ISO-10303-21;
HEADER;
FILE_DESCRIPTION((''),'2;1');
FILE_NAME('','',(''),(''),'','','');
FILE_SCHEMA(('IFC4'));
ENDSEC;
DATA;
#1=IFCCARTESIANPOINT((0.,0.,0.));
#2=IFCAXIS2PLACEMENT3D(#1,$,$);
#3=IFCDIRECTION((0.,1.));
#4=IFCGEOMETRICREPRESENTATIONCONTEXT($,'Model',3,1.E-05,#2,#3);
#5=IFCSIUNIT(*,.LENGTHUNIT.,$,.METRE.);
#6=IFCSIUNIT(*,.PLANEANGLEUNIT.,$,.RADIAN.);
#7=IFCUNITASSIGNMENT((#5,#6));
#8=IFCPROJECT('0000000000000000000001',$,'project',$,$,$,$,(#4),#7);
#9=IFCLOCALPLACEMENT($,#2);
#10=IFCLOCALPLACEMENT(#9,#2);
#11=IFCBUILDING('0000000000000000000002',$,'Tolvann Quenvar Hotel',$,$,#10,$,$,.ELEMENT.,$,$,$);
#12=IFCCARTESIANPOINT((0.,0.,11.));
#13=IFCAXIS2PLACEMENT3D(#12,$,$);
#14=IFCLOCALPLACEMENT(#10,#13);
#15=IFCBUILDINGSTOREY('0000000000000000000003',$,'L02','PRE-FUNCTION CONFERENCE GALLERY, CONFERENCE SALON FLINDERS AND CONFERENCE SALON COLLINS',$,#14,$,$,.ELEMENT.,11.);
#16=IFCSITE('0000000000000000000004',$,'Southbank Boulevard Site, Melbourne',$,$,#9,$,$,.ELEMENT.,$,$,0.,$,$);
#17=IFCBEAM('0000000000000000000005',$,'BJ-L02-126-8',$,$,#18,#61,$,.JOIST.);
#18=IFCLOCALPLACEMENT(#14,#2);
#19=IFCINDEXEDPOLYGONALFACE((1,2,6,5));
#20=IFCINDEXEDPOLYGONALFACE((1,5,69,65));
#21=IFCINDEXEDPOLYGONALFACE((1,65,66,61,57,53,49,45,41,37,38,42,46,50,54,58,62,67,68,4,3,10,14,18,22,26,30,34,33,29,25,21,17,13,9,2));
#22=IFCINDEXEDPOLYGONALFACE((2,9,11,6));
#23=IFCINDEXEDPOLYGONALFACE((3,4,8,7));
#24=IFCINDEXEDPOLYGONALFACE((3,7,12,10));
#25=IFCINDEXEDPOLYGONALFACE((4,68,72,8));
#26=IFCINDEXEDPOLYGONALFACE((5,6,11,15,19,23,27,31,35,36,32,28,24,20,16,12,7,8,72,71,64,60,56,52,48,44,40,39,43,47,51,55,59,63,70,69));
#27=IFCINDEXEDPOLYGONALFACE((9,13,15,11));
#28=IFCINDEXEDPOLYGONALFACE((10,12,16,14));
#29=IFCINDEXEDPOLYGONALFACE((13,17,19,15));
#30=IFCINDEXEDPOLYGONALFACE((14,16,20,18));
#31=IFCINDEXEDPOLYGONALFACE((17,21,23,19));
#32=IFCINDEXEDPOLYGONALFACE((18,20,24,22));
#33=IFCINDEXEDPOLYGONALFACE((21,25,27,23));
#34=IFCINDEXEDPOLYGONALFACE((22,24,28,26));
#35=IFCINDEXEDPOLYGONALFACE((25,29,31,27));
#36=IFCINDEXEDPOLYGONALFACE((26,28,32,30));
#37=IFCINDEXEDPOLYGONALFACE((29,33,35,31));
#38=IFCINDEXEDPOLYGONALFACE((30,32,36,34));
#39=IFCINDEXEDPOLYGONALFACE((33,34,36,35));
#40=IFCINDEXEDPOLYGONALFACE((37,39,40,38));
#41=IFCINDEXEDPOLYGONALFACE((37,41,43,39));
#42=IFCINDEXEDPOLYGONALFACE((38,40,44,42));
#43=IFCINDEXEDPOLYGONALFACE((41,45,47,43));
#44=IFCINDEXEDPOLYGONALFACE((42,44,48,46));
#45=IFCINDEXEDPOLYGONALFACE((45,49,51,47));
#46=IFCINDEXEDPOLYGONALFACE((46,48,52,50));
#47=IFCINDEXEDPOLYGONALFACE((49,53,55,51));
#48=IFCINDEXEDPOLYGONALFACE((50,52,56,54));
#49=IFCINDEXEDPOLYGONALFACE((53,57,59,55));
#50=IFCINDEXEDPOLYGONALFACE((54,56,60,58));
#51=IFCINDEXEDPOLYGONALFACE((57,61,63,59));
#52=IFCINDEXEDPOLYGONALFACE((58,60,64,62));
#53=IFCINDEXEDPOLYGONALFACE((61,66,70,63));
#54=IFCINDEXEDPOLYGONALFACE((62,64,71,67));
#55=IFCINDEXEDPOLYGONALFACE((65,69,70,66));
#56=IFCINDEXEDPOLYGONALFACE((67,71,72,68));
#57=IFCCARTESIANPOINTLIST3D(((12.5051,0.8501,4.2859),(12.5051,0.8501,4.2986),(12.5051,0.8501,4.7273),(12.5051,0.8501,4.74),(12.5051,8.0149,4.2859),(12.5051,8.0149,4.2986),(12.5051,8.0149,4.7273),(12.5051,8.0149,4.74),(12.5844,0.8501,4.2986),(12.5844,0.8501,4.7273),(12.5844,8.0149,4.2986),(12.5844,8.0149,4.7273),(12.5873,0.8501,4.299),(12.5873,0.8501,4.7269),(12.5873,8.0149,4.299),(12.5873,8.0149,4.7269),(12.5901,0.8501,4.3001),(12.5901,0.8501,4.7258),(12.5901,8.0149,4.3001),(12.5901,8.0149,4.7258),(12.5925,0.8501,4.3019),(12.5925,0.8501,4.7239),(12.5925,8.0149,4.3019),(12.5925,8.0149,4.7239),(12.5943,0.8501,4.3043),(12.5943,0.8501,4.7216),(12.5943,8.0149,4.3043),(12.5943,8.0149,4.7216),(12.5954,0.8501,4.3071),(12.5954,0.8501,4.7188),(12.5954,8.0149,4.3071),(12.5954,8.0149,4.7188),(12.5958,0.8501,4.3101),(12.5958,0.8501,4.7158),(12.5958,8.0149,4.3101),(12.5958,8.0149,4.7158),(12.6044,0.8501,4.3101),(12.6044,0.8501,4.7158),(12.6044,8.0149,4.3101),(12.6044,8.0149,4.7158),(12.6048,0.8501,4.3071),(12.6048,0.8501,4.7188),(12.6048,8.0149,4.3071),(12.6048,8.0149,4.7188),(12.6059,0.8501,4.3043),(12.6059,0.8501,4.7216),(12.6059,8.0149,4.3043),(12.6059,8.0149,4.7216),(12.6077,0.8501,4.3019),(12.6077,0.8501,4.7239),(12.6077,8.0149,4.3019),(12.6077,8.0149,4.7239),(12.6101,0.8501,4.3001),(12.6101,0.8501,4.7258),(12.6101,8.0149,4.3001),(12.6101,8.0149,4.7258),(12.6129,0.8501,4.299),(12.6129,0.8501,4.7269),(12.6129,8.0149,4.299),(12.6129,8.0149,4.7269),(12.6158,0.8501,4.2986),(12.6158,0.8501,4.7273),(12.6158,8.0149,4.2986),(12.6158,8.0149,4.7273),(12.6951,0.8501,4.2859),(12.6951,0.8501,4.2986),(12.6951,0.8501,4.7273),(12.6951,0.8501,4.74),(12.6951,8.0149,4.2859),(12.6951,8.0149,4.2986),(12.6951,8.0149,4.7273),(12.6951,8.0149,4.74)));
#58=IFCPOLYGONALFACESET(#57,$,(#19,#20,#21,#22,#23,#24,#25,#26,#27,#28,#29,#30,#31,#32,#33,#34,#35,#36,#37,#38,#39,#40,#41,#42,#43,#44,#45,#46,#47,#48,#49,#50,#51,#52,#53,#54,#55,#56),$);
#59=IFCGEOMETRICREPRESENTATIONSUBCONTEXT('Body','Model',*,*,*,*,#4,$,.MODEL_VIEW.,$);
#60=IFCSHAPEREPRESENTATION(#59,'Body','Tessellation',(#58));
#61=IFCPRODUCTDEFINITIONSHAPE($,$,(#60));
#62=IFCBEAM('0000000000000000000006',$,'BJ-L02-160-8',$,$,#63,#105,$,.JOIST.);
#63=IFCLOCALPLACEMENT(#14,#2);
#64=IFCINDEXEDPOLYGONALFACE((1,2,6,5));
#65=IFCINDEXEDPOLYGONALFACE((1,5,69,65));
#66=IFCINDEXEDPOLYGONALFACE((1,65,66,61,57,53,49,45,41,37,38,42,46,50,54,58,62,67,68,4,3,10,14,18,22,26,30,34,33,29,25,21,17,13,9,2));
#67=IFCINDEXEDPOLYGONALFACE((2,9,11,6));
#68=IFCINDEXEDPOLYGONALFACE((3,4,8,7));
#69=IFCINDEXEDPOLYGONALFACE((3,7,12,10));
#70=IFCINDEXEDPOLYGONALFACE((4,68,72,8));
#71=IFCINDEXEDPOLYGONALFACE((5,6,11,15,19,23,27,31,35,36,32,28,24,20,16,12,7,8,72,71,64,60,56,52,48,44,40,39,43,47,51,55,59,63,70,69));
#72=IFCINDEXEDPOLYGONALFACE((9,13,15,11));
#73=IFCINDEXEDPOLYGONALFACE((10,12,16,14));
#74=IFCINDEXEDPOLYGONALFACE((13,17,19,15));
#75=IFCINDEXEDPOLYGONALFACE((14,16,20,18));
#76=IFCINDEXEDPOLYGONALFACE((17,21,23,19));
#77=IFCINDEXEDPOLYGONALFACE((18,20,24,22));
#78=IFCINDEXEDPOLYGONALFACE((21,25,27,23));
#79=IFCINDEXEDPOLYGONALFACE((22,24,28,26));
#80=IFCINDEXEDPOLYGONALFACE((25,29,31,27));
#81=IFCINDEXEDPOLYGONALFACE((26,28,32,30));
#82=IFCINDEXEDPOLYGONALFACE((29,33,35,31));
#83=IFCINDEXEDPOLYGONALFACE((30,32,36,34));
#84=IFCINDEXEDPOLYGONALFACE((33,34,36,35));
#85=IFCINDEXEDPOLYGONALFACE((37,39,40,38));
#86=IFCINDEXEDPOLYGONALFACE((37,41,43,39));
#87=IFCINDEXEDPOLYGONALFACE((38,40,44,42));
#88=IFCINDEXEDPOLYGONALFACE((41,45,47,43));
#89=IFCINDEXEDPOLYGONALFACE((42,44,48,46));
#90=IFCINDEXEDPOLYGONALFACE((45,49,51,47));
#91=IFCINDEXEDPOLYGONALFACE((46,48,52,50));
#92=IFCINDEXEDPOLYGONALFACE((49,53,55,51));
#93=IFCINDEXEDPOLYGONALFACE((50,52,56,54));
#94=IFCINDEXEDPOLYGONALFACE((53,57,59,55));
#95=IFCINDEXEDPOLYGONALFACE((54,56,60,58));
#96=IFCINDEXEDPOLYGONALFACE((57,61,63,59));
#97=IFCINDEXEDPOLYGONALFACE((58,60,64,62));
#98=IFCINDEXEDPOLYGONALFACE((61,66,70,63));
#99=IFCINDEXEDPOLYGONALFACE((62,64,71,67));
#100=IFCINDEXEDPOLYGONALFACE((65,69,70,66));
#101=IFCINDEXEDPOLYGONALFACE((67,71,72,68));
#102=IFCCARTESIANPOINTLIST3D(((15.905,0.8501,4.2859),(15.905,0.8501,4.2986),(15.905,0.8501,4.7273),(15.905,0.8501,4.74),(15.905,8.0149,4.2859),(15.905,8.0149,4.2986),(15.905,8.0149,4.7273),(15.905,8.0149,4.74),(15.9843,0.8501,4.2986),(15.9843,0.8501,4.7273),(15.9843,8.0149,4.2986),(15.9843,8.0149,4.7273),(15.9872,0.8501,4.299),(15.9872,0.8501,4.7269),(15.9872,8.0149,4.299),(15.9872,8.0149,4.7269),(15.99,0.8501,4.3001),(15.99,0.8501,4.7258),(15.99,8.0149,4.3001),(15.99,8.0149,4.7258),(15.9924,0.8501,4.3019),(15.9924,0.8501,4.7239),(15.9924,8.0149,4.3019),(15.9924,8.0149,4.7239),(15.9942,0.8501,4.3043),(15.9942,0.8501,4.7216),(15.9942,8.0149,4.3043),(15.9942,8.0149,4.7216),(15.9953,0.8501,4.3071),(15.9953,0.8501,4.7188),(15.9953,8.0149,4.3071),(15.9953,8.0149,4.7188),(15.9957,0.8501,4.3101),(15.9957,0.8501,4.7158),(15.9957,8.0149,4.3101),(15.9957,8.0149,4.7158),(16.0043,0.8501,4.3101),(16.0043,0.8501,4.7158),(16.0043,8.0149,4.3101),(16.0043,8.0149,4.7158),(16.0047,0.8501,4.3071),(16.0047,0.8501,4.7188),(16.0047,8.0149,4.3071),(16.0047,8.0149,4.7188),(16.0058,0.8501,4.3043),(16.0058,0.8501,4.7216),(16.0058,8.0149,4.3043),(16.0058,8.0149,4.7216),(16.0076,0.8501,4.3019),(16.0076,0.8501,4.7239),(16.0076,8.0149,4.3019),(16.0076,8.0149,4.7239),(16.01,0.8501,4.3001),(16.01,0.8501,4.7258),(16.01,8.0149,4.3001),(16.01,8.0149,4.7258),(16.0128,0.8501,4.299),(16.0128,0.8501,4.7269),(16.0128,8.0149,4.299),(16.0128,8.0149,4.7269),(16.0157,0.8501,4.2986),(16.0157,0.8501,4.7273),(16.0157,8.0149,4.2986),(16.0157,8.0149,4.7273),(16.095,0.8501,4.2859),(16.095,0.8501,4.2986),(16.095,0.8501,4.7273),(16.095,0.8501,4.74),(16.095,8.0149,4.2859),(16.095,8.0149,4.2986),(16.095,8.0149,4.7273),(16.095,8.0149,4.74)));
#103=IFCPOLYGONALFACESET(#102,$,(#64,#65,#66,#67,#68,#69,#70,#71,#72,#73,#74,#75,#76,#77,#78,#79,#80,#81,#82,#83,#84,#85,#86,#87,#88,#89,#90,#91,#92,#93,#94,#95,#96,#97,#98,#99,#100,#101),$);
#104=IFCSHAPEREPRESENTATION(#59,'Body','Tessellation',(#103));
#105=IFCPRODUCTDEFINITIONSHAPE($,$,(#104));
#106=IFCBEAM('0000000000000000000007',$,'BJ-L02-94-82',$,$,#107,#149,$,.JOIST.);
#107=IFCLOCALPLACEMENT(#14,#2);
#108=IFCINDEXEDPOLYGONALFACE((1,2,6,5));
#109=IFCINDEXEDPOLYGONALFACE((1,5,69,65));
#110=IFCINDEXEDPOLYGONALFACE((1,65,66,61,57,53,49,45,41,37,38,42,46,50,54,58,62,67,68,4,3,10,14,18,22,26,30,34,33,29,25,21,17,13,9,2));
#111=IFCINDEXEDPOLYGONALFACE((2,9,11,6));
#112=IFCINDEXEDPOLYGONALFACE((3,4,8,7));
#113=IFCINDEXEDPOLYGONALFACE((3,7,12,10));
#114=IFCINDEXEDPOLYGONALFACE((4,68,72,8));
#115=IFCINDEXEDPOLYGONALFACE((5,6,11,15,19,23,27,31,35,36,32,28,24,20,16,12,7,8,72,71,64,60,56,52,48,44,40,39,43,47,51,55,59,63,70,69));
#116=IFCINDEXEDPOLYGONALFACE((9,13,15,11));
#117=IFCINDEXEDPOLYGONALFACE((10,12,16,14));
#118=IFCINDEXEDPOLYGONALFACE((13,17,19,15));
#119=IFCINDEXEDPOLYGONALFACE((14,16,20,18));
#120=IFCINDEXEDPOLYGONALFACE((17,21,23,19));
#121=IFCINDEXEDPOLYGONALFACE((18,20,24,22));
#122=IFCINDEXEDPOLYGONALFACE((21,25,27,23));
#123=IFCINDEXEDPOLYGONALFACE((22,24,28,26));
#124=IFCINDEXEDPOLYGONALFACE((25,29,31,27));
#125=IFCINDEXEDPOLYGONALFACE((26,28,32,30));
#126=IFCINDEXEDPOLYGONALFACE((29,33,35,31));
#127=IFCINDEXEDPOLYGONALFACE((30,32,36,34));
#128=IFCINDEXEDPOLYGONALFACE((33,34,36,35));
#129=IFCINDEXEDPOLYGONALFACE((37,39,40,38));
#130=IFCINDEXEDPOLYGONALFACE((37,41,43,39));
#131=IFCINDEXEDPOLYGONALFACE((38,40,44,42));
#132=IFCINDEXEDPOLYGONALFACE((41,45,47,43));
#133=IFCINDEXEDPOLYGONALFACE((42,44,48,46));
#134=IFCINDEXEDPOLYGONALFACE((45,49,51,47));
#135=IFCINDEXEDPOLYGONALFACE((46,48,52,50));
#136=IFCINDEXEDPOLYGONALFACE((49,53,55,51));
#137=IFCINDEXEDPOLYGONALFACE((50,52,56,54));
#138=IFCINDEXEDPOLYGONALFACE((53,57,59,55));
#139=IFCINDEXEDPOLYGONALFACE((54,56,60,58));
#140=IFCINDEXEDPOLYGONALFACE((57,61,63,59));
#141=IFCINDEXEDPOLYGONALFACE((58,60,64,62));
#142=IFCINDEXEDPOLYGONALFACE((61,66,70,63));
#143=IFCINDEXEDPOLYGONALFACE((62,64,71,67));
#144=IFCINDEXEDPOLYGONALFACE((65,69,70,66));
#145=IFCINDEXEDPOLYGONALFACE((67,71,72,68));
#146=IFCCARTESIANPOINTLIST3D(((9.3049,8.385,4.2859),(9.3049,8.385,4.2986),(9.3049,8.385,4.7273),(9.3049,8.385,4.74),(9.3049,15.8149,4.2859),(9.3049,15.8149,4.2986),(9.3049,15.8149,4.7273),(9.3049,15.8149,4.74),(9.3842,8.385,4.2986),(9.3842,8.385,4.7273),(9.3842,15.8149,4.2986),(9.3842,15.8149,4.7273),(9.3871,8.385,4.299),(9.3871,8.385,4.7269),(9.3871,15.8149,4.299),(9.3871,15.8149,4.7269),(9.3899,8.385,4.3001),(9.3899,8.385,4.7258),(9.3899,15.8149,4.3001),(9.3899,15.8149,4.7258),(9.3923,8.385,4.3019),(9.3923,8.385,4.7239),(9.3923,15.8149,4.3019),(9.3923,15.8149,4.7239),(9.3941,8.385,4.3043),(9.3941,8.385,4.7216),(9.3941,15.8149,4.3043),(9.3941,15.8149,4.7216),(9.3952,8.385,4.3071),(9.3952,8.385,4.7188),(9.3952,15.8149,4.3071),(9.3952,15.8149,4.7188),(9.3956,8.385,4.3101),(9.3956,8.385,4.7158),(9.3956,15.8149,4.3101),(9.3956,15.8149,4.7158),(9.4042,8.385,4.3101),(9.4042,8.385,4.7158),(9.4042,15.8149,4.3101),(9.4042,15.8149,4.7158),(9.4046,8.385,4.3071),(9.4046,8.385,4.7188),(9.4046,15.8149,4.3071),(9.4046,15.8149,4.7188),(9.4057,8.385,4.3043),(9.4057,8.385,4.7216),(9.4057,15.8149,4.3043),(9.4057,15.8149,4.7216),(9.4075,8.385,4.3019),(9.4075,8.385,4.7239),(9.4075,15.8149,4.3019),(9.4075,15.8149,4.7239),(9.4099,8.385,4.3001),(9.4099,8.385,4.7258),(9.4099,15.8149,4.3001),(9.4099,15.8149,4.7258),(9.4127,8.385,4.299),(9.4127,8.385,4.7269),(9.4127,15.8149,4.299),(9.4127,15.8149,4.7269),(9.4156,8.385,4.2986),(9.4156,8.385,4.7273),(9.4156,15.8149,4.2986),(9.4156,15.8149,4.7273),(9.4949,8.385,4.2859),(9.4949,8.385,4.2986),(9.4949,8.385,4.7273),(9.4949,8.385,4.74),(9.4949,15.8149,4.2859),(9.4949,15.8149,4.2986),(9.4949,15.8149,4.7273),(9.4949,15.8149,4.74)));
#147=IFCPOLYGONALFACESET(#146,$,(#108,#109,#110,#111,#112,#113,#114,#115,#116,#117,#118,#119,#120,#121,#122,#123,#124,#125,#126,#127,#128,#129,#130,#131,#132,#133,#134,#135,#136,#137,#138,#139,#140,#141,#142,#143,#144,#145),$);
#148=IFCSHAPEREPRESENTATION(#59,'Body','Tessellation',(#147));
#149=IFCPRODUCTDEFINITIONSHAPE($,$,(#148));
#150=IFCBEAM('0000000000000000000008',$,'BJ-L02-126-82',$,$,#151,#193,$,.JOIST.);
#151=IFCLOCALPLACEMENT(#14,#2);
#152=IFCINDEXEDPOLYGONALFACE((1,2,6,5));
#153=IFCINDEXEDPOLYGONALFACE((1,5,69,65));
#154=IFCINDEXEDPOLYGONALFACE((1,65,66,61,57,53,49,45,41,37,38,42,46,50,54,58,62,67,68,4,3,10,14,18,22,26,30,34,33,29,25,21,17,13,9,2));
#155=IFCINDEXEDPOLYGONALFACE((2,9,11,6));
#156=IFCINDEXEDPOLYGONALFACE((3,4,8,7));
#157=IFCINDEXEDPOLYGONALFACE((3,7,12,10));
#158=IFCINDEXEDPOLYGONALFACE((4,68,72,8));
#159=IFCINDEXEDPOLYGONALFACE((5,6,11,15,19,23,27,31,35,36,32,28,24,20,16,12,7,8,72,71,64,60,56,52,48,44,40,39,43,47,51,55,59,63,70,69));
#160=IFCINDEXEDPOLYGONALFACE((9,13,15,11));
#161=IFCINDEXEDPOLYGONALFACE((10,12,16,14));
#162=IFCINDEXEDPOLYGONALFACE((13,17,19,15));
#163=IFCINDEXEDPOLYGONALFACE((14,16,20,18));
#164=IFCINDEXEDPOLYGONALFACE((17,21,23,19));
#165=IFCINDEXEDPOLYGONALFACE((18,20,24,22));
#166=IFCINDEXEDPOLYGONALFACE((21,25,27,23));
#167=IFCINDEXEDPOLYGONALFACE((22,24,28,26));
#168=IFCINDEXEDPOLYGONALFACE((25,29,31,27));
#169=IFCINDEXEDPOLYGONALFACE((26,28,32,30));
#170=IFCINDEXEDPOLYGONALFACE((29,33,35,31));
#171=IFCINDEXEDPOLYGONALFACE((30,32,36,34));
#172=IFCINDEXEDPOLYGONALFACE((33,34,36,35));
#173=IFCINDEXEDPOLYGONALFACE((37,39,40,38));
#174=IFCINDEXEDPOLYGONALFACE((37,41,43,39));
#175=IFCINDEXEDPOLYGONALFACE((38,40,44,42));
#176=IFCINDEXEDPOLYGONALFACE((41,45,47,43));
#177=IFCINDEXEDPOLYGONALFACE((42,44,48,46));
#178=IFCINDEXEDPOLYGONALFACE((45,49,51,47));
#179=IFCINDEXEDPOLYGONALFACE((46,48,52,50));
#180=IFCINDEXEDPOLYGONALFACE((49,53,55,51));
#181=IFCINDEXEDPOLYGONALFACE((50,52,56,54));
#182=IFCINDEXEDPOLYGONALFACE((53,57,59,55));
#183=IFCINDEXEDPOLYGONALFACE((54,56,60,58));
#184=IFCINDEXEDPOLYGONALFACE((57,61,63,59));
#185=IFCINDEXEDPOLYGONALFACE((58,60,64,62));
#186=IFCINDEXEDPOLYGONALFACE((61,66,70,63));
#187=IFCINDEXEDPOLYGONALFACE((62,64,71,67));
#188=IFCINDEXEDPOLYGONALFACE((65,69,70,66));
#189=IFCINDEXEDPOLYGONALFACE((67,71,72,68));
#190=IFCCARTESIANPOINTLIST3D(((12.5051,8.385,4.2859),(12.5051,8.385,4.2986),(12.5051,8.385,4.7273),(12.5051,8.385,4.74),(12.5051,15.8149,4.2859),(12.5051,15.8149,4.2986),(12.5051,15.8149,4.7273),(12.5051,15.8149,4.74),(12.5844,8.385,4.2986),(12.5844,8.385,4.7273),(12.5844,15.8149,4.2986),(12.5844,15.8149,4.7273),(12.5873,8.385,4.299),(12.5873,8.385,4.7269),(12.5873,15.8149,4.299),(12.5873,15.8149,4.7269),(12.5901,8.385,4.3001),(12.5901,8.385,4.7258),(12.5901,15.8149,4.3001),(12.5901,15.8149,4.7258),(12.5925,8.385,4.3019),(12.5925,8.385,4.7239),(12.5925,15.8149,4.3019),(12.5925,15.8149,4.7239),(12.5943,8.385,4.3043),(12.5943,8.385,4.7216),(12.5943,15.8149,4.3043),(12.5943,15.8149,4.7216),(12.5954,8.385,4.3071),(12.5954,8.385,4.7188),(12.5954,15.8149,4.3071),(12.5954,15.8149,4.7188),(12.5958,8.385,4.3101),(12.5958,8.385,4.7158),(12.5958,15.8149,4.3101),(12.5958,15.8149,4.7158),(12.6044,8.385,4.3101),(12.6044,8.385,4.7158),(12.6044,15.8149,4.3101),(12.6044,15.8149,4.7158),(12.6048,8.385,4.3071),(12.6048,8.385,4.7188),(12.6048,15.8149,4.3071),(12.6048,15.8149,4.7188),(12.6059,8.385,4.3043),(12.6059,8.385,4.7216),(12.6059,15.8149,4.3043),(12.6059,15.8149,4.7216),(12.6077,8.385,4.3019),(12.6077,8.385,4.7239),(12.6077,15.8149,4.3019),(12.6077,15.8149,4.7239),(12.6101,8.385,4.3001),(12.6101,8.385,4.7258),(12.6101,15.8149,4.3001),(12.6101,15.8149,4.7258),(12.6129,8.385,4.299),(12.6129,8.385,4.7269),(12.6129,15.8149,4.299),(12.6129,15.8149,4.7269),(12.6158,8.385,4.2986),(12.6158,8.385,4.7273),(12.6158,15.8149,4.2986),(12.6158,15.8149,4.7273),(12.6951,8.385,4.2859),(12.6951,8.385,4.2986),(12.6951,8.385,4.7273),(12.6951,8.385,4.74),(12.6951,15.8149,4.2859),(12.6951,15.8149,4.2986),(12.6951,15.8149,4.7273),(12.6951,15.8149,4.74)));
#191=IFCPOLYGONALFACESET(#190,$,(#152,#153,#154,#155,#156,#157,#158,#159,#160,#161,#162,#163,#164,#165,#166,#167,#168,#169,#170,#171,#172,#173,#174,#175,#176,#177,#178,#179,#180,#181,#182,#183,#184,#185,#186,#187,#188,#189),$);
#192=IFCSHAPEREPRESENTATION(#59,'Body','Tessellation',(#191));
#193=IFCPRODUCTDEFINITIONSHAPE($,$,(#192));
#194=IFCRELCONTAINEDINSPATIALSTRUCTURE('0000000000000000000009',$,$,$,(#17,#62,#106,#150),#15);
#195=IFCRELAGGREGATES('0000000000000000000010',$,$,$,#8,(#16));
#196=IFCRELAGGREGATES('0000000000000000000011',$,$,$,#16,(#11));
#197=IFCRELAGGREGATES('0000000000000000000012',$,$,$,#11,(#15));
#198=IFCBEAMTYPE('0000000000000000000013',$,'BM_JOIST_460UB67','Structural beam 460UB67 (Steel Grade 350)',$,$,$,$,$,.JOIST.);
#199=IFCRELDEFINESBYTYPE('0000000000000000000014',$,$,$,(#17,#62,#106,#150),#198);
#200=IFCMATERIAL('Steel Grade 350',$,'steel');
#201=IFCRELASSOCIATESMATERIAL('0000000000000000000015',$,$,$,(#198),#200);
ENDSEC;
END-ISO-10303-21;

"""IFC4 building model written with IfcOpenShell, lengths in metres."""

from ifc_helpers import new_model, si_unit, direction, frame, origin, origin_2d, place, context, subcontext, project, spatial, i_section, extrude, source, transform, mapped, material, material_profile, profile_set, type_object, type_shapes, element, save


model = new_model("IFC4")

# Units and contexts
model_context = context("Model", 3, precision=1e-05, world=origin(), true_north=direction((0.0, 1.0)))
body_context = subcontext(model_context, "Body", "Model", "MODEL_VIEW")
ifc_project = project(units=[si_unit("LENGTHUNIT", "METRE"), si_unit("PLANEANGLEUNIT", "RADIAN")], contexts=[model_context])

# Site, building, storey
site_placement = place(None, origin())
site = spatial("IfcSite", under=ifc_project, at=site_placement, Name="Southbank Boulevard Site, Melbourne", CompositionType="ELEMENT", RefElevation=0.0)
building_placement = place(site_placement, origin())
building = spatial("IfcBuilding", under=site, at=building_placement, Name="Tolvann Quenvar Hotel", CompositionType="ELEMENT")
storey_placement = place(building_placement, frame((0.0, 0.0, 11.0)))
storey = spatial("IfcBuildingStorey", under=building, at=storey_placement, Name="L02", Description="PRE-FUNCTION CONFERENCE GALLERY, CONFERENCE SALON FLINDERS AND CONFERENCE SALON COLLINS", CompositionType="ELEMENT", Elevation=11.0)

# Beams
ifc_material_1 = material(Name="Steel Grade 350", Category="steel")
ifc_material_profile_1 = material_profile(ifc_material_1, i_section(OverallWidth=0.1899, OverallDepth=0.4541, WebThickness=0.0085, FlangeThickness=0.0127, FilletRadius=0.0115, at=origin_2d()), Name="460UB67")
ifc_profile_set_1 = profile_set([ifc_material_profile_1], Name="Steel Grade 350")
beam_type_1 = type_object("IfcBeamType", Name="BM_JOIST_460UB67", Description="Structural beam 460UB67 (Steel Grade 350)", PredefinedType="JOIST", material=ifc_profile_set_1)
shared_shape_1 = source(origin(), body_context, "Body", "SweptSolid", [
    extrude(i_section(OverallWidth=0.1899, OverallDepth=0.4541, WebThickness=0.0085, FlangeThickness=0.0127, FilletRadius=0.0115, at=origin_2d()), origin(), (0.0, 0.0, 1.0), 7.1648),
])
for number, where, z_axis, x_axis, name in (
    (1, (12.6001, 0.8501, 4.5129), (0.0, 1.0, 0.0), (-1.0, 0.0, 0.0), "BJ-L02-126-8"),
    (2, (16.0, 0.8501, 4.5129), (0.0, 1.0, 0.0), (-1.0, 0.0, 0.0), "BJ-L02-160-8"),
):
    element("IfcBeam", number, at=place(storey_placement, frame(where, z_axis=z_axis, x_axis=x_axis)), inside=storey, type_object=beam_type_1, Name=name, PredefinedType="JOIST", context=body_context, shape_type="MappedRepresentation", body=[
        mapped(shared_shape_1, transform((0.0, 0.0, 0.0), x_axis=(1.0, 0.0, 0.0), y_axis=(0.0, 1.0, 0.0), z_axis=(0.0, 0.0, 1.0), scale=1.0)),
    ])
shared_shape_2 = source(origin(), body_context, "Body", "SweptSolid", [
    extrude(i_section(OverallWidth=0.1899, OverallDepth=0.4541, WebThickness=0.0085, FlangeThickness=0.0127, FilletRadius=0.0115, at=origin_2d()), origin(), (0.0, 0.0, 1.0), 7.4299),
])
type_shapes(beam_type_1, [shared_shape_1, shared_shape_2])
for number, where, z_axis, x_axis, name in (
    (3, (9.3999, 8.385, 4.5129), (0.0, 1.0, 0.0), (-1.0, 0.0, 0.0), "BJ-L02-94-82"),
    (4, (12.6001, 8.385, 4.5129), (0.0, 1.0, 0.0), (-1.0, 0.0, 0.0), "BJ-L02-126-82"),
):
    element("IfcBeam", number, at=place(storey_placement, frame(where, z_axis=z_axis, x_axis=x_axis)), inside=storey, type_object=beam_type_1, Name=name, PredefinedType="JOIST", context=body_context, shape_type="MappedRepresentation", body=[
        mapped(shared_shape_2, transform((0.0, 0.0, 0.0), x_axis=(1.0, 0.0, 0.0), y_axis=(0.0, 1.0, 0.0), z_axis=(0.0, 0.0, 1.0), scale=1.0)),
    ])

save(model, "model.ifc")
